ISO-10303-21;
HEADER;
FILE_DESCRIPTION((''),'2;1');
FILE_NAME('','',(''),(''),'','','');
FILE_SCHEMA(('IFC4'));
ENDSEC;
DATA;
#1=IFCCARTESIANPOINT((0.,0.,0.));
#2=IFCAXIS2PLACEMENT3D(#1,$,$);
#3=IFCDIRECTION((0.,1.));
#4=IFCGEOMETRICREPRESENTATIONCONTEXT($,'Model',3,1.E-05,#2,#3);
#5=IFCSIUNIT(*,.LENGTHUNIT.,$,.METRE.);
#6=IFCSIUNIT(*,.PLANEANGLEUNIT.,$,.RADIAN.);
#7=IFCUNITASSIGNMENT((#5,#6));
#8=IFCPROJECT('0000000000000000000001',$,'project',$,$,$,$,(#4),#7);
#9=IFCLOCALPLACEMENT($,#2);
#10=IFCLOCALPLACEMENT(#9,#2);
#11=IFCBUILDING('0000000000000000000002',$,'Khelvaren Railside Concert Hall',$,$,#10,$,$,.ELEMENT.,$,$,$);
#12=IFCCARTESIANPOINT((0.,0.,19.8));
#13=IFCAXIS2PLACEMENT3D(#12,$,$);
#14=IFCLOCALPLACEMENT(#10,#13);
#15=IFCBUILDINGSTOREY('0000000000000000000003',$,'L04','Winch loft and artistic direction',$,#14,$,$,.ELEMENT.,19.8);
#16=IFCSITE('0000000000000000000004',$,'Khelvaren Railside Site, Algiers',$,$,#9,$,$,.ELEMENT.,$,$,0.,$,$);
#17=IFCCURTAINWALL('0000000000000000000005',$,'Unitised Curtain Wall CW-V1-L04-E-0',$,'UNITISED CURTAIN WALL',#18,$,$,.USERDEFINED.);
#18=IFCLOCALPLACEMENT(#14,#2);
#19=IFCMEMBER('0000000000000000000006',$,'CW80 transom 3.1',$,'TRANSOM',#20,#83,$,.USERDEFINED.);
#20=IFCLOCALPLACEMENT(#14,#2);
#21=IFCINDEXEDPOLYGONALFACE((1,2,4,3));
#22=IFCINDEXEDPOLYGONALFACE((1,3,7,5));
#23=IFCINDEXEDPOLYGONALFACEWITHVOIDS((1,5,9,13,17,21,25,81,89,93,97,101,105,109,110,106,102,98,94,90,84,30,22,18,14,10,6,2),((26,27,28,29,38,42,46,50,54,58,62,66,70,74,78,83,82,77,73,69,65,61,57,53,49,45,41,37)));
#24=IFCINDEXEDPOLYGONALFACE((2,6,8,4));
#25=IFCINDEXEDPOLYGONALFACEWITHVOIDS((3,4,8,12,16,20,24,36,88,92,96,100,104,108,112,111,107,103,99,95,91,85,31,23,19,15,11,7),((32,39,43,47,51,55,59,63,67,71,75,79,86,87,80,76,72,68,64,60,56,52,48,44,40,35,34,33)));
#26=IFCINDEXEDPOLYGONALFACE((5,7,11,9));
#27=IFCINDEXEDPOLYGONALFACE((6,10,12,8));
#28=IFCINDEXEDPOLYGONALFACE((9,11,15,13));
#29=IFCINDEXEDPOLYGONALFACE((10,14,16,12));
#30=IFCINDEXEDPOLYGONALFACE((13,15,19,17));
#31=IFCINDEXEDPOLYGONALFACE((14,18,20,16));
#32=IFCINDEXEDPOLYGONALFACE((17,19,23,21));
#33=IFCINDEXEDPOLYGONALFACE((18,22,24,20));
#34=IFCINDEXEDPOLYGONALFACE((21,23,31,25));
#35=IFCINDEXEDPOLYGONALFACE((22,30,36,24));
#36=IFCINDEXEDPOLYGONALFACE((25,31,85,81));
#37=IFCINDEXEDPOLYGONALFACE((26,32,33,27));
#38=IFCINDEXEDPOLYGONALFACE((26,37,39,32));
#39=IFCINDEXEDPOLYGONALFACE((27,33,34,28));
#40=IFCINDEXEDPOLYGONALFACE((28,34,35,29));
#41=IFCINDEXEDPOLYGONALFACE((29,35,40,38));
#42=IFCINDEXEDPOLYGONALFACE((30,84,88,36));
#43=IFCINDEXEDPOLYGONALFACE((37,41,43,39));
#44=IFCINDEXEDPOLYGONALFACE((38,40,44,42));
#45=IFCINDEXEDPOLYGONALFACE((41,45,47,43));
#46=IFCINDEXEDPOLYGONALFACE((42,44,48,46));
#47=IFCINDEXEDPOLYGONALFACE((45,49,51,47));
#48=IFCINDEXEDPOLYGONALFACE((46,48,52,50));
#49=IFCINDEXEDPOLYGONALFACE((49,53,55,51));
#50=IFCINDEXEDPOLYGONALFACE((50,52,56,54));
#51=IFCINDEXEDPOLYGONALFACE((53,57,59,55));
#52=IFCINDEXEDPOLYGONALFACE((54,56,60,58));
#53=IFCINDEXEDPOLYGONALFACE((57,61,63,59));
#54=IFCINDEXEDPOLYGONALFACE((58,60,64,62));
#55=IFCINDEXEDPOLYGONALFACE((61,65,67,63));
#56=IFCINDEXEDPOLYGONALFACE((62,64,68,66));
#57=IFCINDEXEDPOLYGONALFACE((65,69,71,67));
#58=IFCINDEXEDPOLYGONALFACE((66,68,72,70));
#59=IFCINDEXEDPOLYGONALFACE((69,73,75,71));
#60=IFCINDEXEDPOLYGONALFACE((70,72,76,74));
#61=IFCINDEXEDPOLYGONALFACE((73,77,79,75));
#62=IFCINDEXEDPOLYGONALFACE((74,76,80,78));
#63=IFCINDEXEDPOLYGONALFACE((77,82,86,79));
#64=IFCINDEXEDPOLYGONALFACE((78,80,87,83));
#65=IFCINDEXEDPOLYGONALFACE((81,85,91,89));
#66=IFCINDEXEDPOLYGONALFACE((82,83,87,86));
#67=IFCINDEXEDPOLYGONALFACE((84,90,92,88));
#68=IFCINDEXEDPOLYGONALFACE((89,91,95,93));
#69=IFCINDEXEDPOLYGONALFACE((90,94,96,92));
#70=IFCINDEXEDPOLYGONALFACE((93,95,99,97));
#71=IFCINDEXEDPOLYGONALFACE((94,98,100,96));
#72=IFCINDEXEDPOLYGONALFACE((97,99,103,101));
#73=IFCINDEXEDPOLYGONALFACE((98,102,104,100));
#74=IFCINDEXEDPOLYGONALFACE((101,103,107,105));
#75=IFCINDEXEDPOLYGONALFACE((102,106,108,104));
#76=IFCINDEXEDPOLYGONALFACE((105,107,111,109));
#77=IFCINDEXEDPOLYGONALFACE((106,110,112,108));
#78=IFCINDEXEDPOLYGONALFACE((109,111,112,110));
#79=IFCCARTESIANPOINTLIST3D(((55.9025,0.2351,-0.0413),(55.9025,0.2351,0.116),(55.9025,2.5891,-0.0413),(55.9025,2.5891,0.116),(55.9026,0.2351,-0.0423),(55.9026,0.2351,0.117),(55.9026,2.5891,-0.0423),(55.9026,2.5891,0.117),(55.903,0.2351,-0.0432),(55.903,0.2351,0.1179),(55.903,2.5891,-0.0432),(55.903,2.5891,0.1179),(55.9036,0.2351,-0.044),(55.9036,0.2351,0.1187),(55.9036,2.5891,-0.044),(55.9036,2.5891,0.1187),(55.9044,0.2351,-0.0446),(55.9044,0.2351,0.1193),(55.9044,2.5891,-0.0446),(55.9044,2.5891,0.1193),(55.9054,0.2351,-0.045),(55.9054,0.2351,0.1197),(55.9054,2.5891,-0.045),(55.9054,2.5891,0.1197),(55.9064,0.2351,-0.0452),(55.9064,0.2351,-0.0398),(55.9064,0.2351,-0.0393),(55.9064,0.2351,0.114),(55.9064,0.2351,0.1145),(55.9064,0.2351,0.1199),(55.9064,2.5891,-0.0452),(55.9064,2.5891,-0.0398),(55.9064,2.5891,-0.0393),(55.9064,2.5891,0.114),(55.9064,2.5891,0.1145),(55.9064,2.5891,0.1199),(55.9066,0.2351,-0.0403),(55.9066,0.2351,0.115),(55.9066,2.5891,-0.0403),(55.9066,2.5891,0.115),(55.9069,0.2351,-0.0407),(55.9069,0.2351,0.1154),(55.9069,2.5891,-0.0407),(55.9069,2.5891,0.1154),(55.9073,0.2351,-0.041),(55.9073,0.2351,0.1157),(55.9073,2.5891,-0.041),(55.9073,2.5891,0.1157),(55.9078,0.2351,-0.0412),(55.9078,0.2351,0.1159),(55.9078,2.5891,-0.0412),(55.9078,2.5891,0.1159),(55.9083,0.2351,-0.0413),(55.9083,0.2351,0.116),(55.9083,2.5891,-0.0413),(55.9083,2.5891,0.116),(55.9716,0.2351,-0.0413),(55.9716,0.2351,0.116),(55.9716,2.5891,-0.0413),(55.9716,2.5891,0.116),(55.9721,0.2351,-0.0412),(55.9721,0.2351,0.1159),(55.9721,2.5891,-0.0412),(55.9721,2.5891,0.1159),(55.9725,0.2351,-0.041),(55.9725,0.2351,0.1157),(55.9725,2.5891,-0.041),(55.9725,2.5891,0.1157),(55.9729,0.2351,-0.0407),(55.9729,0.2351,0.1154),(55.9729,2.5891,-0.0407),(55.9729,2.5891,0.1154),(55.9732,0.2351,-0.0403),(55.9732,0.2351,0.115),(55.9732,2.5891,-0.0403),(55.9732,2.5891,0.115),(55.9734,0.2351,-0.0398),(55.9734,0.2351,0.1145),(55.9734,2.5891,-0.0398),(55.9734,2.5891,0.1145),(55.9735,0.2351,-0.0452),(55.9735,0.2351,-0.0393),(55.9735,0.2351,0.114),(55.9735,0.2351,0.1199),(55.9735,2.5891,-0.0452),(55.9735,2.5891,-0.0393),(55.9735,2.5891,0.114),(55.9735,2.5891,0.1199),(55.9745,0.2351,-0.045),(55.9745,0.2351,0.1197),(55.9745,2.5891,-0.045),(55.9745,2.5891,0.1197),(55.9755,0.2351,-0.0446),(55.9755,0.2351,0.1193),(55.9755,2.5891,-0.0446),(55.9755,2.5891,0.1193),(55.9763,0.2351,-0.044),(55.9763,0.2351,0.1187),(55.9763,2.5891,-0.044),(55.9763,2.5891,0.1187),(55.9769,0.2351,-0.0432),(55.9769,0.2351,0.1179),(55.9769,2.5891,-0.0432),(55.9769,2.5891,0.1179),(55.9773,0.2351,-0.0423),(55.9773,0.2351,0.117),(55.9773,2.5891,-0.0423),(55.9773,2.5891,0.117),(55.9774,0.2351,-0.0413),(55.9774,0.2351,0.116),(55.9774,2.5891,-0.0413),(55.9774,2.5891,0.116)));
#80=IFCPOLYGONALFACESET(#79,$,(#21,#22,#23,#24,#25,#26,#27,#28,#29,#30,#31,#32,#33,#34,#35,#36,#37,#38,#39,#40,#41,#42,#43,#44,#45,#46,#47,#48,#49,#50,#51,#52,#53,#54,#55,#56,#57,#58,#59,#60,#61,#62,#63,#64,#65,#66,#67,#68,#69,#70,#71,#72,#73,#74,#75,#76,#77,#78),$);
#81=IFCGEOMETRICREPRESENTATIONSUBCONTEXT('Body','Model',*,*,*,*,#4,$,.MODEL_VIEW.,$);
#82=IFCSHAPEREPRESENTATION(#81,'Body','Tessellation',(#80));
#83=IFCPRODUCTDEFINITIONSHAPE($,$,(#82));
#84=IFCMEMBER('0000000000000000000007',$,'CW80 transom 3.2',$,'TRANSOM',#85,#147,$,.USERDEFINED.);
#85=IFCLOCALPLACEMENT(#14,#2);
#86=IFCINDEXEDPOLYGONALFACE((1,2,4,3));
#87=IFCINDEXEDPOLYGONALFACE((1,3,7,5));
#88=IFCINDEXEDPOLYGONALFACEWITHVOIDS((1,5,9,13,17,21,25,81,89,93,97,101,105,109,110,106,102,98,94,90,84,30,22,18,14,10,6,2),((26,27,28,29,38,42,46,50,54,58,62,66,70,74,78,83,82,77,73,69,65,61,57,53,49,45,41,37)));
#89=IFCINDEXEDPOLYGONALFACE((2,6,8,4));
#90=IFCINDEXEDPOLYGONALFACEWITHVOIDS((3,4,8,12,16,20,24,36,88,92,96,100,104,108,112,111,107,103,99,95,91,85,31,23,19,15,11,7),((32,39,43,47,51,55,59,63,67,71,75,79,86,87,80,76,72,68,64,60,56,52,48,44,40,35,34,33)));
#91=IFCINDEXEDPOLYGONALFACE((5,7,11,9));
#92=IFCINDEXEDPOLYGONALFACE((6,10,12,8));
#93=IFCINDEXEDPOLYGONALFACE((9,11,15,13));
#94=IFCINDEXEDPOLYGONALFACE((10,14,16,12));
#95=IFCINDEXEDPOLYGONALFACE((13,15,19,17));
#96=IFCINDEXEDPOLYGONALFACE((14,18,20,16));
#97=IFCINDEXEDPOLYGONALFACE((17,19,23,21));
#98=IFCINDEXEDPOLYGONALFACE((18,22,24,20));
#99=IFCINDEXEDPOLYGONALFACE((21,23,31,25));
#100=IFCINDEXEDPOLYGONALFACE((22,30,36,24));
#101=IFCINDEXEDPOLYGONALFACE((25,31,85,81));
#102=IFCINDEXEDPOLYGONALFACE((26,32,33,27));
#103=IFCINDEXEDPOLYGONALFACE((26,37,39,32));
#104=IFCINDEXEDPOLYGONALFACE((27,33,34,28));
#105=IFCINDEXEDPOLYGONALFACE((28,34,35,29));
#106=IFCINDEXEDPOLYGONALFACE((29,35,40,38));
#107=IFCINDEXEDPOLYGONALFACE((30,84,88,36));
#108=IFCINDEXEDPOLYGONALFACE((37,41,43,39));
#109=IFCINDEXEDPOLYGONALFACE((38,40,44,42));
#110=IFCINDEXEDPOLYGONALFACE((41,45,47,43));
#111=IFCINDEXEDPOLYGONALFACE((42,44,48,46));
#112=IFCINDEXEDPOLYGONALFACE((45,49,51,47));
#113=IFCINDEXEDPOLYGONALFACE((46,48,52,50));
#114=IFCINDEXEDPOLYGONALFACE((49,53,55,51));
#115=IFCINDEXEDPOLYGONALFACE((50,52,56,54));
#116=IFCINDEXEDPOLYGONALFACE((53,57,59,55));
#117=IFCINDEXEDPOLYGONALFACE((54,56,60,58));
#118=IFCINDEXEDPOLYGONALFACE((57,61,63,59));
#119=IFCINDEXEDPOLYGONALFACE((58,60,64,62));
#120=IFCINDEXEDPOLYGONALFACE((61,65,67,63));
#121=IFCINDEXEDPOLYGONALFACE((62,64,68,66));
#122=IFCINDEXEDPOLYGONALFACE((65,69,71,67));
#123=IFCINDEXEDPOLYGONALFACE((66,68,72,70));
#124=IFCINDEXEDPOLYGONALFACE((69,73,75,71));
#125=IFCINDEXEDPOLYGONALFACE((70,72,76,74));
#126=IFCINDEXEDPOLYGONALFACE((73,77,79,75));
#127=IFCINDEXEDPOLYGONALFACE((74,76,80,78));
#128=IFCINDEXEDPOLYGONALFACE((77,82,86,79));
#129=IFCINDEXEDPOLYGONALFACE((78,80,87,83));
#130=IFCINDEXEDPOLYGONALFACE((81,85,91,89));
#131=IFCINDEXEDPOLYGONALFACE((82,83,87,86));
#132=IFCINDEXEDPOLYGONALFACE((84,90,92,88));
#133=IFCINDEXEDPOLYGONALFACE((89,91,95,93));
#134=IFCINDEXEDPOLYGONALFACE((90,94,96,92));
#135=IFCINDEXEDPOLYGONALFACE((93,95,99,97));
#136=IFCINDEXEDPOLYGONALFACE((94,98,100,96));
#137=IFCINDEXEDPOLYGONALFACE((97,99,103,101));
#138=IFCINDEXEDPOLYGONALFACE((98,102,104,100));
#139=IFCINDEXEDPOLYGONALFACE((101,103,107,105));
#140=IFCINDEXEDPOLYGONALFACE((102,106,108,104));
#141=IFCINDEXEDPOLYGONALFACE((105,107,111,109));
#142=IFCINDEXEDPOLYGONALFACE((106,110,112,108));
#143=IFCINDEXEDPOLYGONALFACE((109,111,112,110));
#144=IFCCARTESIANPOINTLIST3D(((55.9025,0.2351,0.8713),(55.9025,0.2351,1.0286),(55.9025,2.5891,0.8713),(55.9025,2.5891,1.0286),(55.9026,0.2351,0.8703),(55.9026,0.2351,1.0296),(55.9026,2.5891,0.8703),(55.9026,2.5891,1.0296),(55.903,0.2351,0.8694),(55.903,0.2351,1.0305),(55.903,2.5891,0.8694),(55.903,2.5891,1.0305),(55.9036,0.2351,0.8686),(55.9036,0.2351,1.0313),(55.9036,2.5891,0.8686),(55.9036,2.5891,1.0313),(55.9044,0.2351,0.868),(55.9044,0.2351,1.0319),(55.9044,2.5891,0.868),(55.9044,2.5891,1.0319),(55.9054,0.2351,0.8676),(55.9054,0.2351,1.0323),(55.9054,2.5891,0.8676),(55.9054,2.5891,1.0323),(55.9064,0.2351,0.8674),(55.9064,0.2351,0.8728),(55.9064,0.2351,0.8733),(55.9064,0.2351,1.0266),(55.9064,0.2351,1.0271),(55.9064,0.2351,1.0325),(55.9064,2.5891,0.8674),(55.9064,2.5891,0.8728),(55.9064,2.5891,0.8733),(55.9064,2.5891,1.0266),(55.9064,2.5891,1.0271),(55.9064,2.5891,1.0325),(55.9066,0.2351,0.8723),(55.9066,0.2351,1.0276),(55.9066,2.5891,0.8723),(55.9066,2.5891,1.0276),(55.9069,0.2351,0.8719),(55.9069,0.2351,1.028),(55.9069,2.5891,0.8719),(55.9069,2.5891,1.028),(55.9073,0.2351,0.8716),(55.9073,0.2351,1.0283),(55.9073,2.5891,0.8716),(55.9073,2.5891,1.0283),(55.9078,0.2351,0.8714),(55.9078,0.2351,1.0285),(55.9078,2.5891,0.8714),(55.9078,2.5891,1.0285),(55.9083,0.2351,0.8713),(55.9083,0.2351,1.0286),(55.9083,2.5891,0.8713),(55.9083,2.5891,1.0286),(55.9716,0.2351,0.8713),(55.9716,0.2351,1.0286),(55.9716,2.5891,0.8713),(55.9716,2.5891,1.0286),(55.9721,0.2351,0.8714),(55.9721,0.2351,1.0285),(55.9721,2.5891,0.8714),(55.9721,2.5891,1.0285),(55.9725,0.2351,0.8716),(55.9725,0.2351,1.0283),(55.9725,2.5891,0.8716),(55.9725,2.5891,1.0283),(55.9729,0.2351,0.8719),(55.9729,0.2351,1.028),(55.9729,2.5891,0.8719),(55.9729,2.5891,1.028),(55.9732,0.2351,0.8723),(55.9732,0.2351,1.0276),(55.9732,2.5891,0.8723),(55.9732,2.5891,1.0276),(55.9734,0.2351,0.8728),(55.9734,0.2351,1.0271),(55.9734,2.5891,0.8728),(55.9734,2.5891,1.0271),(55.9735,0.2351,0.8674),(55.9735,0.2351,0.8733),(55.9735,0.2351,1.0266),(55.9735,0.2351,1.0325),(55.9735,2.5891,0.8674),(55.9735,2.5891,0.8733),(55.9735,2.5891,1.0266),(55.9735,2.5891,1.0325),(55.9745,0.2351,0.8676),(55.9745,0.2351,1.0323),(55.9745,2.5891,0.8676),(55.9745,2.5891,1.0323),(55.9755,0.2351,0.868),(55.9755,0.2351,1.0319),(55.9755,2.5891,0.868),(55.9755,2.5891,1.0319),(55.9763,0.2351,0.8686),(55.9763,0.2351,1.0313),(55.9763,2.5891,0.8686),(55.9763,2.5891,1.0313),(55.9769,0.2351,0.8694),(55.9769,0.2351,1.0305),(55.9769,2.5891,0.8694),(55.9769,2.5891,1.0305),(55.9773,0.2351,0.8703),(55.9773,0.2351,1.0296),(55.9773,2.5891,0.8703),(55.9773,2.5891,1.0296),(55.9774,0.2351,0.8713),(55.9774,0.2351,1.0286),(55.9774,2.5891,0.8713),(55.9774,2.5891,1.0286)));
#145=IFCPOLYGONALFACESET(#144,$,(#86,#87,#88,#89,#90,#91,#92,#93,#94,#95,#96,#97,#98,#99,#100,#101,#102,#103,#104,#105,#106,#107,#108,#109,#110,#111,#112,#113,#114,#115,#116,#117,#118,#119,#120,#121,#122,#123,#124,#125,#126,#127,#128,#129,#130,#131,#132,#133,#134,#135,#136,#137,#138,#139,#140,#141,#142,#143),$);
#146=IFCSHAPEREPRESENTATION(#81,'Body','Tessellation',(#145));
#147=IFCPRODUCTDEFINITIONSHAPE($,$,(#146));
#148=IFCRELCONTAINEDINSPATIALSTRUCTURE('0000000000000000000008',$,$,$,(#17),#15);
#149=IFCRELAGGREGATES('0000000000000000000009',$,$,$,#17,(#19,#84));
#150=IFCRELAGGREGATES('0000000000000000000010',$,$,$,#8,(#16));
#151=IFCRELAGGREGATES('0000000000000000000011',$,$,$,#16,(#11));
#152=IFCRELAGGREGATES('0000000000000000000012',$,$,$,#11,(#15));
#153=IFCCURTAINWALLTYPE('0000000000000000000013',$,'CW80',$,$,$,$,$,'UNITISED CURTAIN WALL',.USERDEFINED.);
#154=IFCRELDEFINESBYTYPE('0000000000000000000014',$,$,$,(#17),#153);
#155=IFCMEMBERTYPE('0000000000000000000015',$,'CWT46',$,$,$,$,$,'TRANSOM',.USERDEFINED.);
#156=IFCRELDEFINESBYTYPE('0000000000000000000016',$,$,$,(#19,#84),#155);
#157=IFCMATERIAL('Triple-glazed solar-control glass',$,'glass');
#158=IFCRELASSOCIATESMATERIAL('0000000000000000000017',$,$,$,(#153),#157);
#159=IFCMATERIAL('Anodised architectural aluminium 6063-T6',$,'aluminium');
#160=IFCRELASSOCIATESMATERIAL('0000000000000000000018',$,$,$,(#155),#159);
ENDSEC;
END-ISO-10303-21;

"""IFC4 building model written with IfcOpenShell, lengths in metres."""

from ifc_helpers import new_model, si_unit, direction, frame, origin, origin_2d, place, context, subcontext, project, spatial, hollow_rectangle, extrude, material, material_profile, profile_set, type_object, element, aggregate, save


model = new_model("IFC4")

# Units and contexts
model_context = context("Model", 3, precision=1e-05, world=origin(), true_north=direction((0.0, 1.0)))
body_context = subcontext(model_context, "Body", "Model", "MODEL_VIEW")
ifc_project = project(units=[si_unit("LENGTHUNIT", "METRE"), si_unit("PLANEANGLEUNIT", "RADIAN")], contexts=[model_context])

# Site, building, storey
site_placement = place(None, origin())
site = spatial("IfcSite", under=ifc_project, at=site_placement, Name="Khelvaren Railside Site, Algiers", CompositionType="ELEMENT", RefElevation=0.0)
building_placement = place(site_placement, origin())
building = spatial("IfcBuilding", under=site, at=building_placement, Name="Khelvaren Railside Concert Hall", CompositionType="ELEMENT")
storey_placement = place(building_placement, frame((0.0, 0.0, 19.8)))
storey = spatial("IfcBuildingStorey", under=building, at=storey_placement, Name="L04", Description="Winch loft and artistic direction", CompositionType="ELEMENT", Elevation=19.8)

# Curtain wall, members
ifc_material_1 = material(Name="Triple-glazed solar-control glass", Category="glass")
curtain_wall_type = type_object("IfcCurtainWallType", Name="CW80", ElementType="UNITISED CURTAIN WALL", PredefinedType="USERDEFINED", material=ifc_material_1)
curtain_wall_placement = place(storey_placement, origin())
curtain_wall = element("IfcCurtainWall", 1, at=curtain_wall_placement, inside=storey, type_object=curtain_wall_type, Name="Unitised Curtain Wall CW-V1-L04-E-0", ObjectType="UNITISED CURTAIN WALL", PredefinedType="USERDEFINED")
ifc_material_2 = material(Name="Anodised architectural aluminium 6063-T6", Category="aluminium")
ifc_material_profile_1 = material_profile(ifc_material_2, hollow_rectangle(XDim=0.075, YDim=0.165, WallThickness=0.0039, InnerFilletRadius=0.002, OuterFilletRadius=0.0039, at=origin_2d()), Name="CWT 75x165x4")
ifc_profile_set_1 = profile_set([ifc_material_profile_1], Name="Anodised architectural aluminium 6063-T6")
member_type_1 = type_object("IfcMemberType", Name="CWT46", ElementType="TRANSOM", PredefinedType="USERDEFINED", material=ifc_profile_set_1)
member_1_placement = place(storey_placement, frame((55.9399, 2.5891, 0.0374), z_axis=(0.0, -1.0, 0.0), x_axis=(1.0, 0.0, 0.0)))
member_1 = element("IfcMember", 2, at=member_1_placement, type_object=member_type_1, Name="CW80 transom 3.1", ObjectType="TRANSOM", PredefinedType="USERDEFINED", context=body_context, shape_type="SweptSolid", body=[
    extrude(hollow_rectangle(XDim=0.075, YDim=0.165, WallThickness=0.0039, InnerFilletRadius=0.002, OuterFilletRadius=0.0039, at=origin_2d()), origin(), (0.0, 0.0, 1.0), 2.354),
])
member_2_placement = place(storey_placement, frame((55.9399, 2.5891, 0.95), z_axis=(0.0, -1.0, 0.0), x_axis=(1.0, 0.0, 0.0)))
member_2 = element("IfcMember", 3, at=member_2_placement, type_object=member_type_1, Name="CW80 transom 3.2", ObjectType="TRANSOM", PredefinedType="USERDEFINED", context=body_context, shape_type="SweptSolid", body=[
    extrude(hollow_rectangle(XDim=0.075, YDim=0.165, WallThickness=0.0039, InnerFilletRadius=0.002, OuterFilletRadius=0.0039, at=origin_2d()), origin(), (0.0, 0.0, 1.0), 2.354),
])

aggregate(curtain_wall, [member_1, member_2])

save(model, "model.ifc")
